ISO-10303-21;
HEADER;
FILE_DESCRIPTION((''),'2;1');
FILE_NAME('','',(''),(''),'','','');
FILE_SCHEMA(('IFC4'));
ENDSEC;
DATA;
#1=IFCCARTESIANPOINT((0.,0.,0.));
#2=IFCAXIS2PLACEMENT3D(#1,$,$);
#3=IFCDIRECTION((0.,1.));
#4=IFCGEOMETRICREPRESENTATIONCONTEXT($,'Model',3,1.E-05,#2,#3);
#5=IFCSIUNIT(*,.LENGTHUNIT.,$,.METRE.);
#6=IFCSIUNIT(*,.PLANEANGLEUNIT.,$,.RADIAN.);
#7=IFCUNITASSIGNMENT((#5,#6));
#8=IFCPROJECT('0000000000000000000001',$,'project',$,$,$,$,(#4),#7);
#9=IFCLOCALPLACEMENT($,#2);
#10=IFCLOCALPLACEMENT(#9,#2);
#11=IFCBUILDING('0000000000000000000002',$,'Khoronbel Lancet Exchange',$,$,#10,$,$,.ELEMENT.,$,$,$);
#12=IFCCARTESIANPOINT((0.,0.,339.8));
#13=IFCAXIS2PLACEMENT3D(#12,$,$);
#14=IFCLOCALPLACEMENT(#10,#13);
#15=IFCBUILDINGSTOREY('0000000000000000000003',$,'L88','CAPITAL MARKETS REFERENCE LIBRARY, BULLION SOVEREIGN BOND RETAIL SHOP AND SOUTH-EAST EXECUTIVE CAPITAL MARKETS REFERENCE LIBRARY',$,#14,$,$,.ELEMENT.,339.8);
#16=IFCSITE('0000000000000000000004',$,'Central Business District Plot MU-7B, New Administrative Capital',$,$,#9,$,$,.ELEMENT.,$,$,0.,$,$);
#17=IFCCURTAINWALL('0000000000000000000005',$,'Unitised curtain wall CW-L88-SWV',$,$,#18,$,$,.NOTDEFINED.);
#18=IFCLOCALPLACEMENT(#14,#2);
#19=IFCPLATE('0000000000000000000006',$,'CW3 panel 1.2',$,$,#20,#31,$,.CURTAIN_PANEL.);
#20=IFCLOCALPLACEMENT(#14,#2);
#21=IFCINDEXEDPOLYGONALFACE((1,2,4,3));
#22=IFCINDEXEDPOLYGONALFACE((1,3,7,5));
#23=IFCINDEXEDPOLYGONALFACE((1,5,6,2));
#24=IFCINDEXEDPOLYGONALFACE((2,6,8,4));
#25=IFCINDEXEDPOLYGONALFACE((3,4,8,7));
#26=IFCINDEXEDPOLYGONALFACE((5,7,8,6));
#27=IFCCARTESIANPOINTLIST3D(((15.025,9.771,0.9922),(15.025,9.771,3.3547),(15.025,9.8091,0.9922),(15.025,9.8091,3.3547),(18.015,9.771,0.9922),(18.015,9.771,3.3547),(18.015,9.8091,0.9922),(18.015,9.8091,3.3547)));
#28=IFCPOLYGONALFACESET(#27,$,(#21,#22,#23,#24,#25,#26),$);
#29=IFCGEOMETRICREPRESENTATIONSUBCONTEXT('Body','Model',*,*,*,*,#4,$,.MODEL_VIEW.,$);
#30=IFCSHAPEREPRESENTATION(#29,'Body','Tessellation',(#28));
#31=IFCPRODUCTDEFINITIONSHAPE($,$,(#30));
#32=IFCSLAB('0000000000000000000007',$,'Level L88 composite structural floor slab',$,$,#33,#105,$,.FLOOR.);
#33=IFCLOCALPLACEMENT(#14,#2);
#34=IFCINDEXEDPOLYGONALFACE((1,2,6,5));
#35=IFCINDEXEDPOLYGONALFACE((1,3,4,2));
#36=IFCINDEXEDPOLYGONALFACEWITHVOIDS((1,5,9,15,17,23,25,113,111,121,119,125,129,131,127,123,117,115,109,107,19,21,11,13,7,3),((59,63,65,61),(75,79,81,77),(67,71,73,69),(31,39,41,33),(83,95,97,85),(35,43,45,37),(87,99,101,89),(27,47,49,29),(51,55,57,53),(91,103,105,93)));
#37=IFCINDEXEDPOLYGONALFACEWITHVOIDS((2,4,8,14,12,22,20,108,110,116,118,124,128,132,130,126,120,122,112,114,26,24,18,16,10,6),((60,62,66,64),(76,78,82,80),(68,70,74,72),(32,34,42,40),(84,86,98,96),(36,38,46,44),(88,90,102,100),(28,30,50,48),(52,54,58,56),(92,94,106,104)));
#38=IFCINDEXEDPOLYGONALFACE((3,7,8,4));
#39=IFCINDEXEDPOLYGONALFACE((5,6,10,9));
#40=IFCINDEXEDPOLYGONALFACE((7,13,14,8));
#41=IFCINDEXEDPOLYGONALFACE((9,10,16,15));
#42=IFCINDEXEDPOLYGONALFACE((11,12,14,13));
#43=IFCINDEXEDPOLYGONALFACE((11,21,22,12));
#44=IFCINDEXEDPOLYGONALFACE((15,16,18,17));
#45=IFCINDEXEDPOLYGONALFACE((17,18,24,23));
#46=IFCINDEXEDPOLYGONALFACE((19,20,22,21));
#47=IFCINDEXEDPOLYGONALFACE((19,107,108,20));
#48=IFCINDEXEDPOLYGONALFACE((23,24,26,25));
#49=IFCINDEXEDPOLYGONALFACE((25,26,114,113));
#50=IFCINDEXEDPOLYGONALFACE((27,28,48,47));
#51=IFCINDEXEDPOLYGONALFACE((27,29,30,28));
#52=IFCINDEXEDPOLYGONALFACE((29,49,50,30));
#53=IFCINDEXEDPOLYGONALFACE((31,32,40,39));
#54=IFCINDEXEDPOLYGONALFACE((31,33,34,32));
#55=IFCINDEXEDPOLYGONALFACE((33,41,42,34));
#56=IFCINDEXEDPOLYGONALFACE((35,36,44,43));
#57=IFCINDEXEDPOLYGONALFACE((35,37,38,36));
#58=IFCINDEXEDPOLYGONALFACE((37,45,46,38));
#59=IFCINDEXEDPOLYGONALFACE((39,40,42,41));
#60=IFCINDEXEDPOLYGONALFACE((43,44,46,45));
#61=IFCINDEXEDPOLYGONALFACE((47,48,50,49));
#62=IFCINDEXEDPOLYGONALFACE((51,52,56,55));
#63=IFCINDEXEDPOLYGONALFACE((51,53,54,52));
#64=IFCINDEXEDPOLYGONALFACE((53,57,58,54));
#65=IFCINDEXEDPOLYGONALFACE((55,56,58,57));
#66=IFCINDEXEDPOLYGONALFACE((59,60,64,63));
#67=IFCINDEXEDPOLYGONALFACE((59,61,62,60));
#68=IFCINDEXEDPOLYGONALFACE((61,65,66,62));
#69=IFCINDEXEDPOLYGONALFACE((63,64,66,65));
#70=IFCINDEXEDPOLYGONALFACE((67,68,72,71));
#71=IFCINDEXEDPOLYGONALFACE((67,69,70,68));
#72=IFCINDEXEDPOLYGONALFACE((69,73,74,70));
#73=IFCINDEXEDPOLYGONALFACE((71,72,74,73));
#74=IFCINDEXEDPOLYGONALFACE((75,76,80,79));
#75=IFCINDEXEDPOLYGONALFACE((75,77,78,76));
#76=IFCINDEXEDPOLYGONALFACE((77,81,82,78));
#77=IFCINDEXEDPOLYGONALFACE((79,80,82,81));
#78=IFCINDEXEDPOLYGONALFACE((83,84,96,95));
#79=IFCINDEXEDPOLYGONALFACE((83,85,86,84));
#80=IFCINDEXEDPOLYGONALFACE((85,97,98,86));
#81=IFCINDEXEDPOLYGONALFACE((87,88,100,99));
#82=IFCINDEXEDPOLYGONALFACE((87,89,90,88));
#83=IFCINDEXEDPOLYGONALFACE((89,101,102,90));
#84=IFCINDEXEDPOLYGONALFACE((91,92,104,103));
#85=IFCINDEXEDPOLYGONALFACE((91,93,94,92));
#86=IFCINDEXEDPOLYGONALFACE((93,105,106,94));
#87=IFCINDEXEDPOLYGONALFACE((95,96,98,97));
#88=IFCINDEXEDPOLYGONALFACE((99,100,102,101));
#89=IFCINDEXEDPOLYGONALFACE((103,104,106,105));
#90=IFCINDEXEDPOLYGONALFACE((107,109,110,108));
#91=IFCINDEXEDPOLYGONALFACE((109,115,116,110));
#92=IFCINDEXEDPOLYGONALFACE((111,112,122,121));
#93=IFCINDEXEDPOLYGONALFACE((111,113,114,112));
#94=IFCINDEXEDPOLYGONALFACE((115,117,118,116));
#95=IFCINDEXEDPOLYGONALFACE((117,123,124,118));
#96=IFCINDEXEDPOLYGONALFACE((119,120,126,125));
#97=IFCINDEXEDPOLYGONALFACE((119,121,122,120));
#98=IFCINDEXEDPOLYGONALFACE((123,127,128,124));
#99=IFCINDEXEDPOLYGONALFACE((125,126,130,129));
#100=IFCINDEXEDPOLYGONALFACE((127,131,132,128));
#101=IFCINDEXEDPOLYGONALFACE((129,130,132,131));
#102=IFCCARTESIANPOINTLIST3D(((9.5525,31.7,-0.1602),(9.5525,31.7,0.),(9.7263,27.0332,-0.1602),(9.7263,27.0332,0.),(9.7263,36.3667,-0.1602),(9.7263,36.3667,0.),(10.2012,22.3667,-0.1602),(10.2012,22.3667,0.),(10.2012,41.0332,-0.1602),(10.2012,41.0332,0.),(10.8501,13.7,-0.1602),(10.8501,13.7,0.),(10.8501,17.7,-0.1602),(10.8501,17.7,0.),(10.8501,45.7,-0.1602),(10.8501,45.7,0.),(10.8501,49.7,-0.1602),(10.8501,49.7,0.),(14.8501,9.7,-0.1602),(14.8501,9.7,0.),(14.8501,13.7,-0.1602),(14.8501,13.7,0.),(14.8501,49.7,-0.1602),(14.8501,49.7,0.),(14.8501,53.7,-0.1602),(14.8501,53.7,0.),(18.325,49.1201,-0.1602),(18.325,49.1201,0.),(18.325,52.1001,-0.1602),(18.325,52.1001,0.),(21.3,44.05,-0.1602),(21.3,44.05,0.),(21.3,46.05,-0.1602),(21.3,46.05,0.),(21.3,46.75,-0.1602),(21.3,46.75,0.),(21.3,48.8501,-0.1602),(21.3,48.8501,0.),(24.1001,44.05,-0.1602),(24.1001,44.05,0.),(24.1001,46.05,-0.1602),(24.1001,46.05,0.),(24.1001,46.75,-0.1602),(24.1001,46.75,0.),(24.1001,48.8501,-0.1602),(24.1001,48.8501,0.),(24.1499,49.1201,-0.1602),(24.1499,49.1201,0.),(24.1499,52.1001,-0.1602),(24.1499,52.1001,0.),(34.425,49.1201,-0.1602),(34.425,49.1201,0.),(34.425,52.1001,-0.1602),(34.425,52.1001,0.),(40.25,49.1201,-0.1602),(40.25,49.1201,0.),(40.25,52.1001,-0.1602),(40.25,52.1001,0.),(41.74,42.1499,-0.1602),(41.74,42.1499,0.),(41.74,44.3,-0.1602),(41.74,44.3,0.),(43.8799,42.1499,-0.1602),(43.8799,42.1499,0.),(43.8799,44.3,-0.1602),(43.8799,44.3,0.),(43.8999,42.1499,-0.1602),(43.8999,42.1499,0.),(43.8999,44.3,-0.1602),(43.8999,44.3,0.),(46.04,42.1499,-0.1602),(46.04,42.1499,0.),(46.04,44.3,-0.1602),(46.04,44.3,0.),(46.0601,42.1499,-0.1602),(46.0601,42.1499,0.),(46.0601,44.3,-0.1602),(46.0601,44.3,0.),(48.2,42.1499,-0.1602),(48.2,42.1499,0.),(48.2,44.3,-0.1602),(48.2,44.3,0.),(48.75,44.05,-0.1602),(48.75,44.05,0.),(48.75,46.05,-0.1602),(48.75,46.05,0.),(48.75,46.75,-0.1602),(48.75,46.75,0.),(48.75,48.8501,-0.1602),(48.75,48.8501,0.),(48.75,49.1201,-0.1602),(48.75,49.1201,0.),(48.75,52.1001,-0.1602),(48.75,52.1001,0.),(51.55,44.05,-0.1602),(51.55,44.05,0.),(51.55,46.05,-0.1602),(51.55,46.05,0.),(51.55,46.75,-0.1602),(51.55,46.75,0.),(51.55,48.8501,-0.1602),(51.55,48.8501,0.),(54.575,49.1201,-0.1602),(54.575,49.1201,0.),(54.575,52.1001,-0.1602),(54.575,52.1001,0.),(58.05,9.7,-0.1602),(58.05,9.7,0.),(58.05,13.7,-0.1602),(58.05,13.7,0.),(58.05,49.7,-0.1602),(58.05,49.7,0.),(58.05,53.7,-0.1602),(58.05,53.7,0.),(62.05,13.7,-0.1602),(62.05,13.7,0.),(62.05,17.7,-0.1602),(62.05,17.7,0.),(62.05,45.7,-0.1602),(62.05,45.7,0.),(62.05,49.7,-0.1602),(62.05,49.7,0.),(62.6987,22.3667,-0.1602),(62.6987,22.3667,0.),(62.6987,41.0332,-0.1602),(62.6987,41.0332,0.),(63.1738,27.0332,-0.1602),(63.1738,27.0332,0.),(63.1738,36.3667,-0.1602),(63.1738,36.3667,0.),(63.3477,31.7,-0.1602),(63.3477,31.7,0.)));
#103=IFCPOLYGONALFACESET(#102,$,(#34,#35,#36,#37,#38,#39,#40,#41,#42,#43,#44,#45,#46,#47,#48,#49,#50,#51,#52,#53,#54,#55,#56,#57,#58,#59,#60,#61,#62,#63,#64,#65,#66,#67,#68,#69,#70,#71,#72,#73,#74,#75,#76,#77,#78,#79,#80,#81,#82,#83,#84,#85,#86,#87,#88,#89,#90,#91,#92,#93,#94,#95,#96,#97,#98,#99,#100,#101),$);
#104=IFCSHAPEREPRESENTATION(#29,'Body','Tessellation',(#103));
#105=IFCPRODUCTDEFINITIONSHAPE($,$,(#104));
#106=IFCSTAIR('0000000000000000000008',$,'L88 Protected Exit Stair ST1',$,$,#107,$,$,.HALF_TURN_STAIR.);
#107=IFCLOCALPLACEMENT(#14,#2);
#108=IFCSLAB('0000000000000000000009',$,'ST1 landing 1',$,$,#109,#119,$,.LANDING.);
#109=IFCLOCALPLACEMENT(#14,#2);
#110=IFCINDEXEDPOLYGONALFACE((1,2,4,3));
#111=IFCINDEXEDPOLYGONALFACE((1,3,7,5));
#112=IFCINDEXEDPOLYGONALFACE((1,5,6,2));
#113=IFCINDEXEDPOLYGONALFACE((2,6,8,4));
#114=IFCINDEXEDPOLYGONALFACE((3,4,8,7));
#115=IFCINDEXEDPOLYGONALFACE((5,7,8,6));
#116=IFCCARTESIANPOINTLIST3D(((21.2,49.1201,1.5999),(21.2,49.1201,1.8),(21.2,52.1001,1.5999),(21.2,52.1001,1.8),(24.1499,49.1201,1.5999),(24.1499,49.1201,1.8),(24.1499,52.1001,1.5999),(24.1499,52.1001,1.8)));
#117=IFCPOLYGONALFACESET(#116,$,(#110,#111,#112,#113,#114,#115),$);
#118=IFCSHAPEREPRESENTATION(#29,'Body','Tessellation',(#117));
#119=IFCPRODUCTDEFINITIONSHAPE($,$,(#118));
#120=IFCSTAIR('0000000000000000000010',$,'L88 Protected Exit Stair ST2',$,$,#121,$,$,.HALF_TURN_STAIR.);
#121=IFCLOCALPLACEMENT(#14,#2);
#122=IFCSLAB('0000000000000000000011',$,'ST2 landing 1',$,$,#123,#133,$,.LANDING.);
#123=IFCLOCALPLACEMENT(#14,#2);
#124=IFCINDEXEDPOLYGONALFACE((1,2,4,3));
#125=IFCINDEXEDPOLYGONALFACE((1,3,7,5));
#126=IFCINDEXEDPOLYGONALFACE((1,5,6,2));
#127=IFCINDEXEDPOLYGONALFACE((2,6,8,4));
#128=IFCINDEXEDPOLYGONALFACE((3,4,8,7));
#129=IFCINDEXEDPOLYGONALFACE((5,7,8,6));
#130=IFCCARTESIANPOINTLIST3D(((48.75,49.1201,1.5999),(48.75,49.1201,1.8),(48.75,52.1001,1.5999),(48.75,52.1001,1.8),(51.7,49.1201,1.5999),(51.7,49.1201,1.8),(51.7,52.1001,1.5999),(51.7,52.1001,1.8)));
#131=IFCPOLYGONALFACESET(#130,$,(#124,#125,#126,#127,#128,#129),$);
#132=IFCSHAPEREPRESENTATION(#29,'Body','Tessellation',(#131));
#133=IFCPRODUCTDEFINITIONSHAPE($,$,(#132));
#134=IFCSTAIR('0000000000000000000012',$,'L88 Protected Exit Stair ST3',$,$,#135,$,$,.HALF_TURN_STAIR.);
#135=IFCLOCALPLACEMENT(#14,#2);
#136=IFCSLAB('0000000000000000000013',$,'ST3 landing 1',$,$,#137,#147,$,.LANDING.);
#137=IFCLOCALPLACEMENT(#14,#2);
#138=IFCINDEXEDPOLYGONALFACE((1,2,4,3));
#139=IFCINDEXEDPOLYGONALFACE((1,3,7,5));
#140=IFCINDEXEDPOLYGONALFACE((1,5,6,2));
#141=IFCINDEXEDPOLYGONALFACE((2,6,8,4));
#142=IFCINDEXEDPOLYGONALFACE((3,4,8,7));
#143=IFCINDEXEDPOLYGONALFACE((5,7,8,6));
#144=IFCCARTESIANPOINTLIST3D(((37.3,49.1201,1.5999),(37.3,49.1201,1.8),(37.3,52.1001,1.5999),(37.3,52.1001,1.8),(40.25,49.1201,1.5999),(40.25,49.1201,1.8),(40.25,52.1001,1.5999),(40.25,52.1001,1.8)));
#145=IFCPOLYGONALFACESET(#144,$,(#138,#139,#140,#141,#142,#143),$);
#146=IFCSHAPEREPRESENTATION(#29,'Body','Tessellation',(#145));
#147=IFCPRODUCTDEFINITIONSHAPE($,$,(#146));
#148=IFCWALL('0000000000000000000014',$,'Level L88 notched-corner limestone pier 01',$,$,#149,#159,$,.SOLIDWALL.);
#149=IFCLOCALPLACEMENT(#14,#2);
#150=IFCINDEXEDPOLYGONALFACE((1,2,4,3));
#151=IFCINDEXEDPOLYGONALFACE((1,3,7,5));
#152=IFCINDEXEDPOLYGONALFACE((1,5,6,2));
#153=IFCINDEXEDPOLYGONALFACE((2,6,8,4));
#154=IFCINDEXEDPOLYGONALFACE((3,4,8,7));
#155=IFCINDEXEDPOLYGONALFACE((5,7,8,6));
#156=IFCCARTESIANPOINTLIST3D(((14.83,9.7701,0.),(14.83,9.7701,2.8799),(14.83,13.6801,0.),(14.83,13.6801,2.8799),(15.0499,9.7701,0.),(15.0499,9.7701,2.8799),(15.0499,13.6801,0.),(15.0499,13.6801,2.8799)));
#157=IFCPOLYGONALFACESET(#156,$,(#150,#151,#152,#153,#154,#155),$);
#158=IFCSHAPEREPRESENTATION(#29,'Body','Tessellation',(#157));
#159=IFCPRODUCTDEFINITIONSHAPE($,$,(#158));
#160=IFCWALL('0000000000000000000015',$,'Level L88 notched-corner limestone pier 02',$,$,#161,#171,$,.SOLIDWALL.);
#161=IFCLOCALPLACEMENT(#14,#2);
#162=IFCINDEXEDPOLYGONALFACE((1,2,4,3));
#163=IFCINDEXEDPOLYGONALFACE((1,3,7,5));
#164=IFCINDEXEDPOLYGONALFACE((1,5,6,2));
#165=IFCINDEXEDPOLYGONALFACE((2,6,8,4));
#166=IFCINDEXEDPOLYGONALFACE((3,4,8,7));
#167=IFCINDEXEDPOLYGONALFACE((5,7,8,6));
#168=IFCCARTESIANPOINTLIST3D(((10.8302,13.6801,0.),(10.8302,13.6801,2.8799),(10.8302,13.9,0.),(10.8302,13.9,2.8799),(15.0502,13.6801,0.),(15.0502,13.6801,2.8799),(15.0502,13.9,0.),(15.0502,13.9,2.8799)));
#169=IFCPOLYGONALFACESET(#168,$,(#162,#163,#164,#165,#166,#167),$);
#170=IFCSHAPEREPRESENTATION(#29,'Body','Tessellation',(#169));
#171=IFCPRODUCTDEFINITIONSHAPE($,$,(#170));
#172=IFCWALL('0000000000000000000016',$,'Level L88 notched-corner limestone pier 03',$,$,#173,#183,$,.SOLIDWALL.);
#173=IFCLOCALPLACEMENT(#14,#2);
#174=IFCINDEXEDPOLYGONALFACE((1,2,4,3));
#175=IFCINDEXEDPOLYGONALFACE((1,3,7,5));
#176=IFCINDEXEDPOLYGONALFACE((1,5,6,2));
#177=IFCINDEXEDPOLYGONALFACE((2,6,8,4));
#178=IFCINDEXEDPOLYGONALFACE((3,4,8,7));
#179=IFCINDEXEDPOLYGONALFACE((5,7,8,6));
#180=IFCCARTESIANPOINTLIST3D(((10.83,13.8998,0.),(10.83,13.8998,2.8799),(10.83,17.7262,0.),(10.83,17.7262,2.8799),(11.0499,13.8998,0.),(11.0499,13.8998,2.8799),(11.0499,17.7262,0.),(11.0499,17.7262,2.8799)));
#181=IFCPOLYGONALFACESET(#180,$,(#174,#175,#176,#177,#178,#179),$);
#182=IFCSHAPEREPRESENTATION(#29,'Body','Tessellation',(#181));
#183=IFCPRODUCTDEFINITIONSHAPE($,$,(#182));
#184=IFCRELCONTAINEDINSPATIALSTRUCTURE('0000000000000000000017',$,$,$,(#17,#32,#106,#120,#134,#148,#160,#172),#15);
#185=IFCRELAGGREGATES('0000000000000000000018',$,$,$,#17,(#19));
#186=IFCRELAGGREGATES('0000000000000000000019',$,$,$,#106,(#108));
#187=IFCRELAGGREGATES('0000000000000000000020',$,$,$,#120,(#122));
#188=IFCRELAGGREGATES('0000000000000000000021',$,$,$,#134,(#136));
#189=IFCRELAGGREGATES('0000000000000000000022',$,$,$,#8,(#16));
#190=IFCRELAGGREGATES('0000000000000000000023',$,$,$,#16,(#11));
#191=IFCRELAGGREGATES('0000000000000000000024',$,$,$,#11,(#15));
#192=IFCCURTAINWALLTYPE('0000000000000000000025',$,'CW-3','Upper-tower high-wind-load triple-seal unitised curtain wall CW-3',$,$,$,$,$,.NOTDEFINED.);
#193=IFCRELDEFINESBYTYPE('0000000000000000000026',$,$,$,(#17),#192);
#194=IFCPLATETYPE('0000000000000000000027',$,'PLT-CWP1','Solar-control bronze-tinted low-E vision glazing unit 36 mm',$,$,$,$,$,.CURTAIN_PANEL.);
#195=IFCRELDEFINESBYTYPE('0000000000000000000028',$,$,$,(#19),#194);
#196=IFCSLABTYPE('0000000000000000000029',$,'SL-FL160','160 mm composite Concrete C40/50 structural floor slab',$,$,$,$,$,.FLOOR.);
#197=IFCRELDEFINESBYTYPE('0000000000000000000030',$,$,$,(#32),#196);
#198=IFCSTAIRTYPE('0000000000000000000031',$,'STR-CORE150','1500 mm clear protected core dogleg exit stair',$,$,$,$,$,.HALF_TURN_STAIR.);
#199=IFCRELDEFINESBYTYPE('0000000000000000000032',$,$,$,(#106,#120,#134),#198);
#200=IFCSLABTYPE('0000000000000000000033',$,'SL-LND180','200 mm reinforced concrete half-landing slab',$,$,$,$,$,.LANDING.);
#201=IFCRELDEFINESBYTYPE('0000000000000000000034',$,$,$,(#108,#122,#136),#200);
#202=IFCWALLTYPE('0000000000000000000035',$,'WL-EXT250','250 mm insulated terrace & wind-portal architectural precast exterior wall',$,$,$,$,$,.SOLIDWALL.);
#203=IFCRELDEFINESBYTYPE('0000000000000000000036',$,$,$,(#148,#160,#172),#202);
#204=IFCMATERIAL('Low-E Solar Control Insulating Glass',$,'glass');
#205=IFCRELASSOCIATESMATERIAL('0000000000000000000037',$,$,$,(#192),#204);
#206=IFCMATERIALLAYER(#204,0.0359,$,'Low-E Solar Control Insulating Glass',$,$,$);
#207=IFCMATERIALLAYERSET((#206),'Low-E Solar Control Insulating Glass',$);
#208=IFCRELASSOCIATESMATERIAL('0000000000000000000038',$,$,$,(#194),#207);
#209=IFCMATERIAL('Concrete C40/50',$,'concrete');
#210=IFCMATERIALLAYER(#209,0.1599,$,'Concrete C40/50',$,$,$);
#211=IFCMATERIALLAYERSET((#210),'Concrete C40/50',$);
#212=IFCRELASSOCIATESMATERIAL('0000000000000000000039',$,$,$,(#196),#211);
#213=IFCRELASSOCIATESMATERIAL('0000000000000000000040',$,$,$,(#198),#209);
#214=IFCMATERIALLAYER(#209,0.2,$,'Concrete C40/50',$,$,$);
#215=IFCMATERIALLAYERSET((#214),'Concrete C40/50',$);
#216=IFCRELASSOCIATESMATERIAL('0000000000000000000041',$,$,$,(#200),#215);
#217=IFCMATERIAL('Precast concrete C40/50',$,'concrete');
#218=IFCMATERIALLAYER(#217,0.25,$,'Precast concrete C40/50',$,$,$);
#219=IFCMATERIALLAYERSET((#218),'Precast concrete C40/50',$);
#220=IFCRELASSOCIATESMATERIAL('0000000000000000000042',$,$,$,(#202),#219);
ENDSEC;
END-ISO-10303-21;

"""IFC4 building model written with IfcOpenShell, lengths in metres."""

from ifc_helpers import new_model, si_unit, direction, frame, frame_2d, origin, origin_2d, place, context, subcontext, project, spatial, polyline, rectangle, outline, extrude, material, layer, layer_set, type_object, element, aggregate, save


model = new_model("IFC4")

# Units and contexts
model_context = context("Model", 3, precision=1e-05, world=origin(), true_north=direction((0.0, 1.0)))
body_context = subcontext(model_context, "Body", "Model", "MODEL_VIEW")
ifc_project = project(units=[si_unit("LENGTHUNIT", "METRE"), si_unit("PLANEANGLEUNIT", "RADIAN")], contexts=[model_context])

# Site, building, storey
site_placement = place(None, origin())
site = spatial("IfcSite", under=ifc_project, at=site_placement, Name="Central Business District Plot MU-7B, New Administrative Capital", CompositionType="ELEMENT", RefElevation=0.0)
building_placement = place(site_placement, origin())
building = spatial("IfcBuilding", under=site, at=building_placement, Name="Khoronbel Lancet Exchange", CompositionType="ELEMENT")
storey_placement = place(building_placement, frame((0.0, 0.0, 339.8)))
storey = spatial("IfcBuildingStorey", under=building, at=storey_placement, Name="L88", Description="CAPITAL MARKETS REFERENCE LIBRARY, BULLION SOVEREIGN BOND RETAIL SHOP AND SOUTH-EAST EXECUTIVE CAPITAL MARKETS REFERENCE LIBRARY", CompositionType="ELEMENT", Elevation=339.8)

# Curtain wall
ifc_material_1 = material(Name="Low-E Solar Control Insulating Glass", Category="glass")
curtain_wall_type = type_object("IfcCurtainWallType", Name="CW-3", Description="Upper-tower high-wind-load triple-seal unitised curtain wall CW-3", PredefinedType="NOTDEFINED", material=ifc_material_1)
curtain_wall_1_placement = place(storey_placement, origin())
curtain_wall_1 = element("IfcCurtainWall", 1, at=curtain_wall_1_placement, inside=storey, type_object=curtain_wall_type, Name="Unitised curtain wall CW-L88-SWV", PredefinedType="NOTDEFINED")

# Plate
ifc_layer_1 = layer(ifc_material_1, 0.0359, Name="Low-E Solar Control Insulating Glass")
ifc_layer_set_1 = layer_set([ifc_layer_1], Name="Low-E Solar Control Insulating Glass")
plate_type = type_object("IfcPlateType", Name="PLT-CWP1", Description="Solar-control bronze-tinted low-E vision glazing unit 36 mm", PredefinedType="CURTAIN_PANEL", material=ifc_layer_set_1)
plate_1_placement = place(storey_placement, frame((16.52, 9.79, 0.9922), z_axis=(0.0, 0.0, 1.0), x_axis=(1.0, 0.0, 0.0)))
plate_1 = element("IfcPlate", 2, at=plate_1_placement, type_object=plate_type, Name="CW3 panel 1.2", PredefinedType="CURTAIN_PANEL", context=body_context, shape_type="SweptSolid", body=[
    extrude(rectangle(XDim=2.99, YDim=0.0381, at=origin_2d()), origin(), (0.0, 0.0, 1.0), 2.3625),
])
aggregate(curtain_wall_1, [plate_1])

# Slab
ifc_material_2 = material(Name="Concrete C40/50", Category="concrete")
ifc_layer_2 = layer(ifc_material_2, 0.1599, Name="Concrete C40/50")
ifc_layer_set_2 = layer_set([ifc_layer_2], Name="Concrete C40/50")
slab_type_1 = type_object("IfcSlabType", Name="SL-FL160", Description="160 mm composite Concrete C40/50 structural floor slab", PredefinedType="FLOOR", material=ifc_layer_set_2)
slab_1_placement = place(storey_placement, frame((0.0, 0.0, -0.1602)))
element("IfcSlab", 3, at=slab_1_placement, inside=storey, type_object=slab_type_1, Name="Level L88 composite structural floor slab", PredefinedType="FLOOR", context=body_context, shape_type="SweptSolid", body=[
    extrude(outline(polyline([(14.8501, 9.7), (58.05, 9.7), (58.05, 13.7), (62.05, 13.7), (62.05, 17.7), (62.6987, 22.3667), (63.1738, 27.0332), (63.3477, 31.7), (63.1738, 36.3667), (62.6987, 41.0332), (62.05, 45.7), (62.05, 49.7), (58.05, 49.7), (58.05, 53.7), (14.8501, 53.7), (14.8501, 49.7), (10.8501, 49.7), (10.8501, 45.7), (10.2012, 41.0332), (9.7263, 36.3667), (9.5525, 31.7), (9.7263, 27.0332), (10.2012, 22.3667), (10.8501, 17.7), (10.8501, 13.7), (14.8501, 13.7), (14.8501, 9.7)]), holes=[polyline([(18.325, 49.1201), (24.1499, 49.1201), (24.1499, 52.1001), (18.325, 52.1001), (18.325, 49.1201)]), polyline([(48.75, 49.1201), (54.575, 49.1201), (54.575, 52.1001), (48.75, 52.1001), (48.75, 49.1201)]), polyline([(34.425, 49.1201), (40.25, 49.1201), (40.25, 52.1001), (34.425, 52.1001), (34.425, 49.1201)]), polyline([(41.74, 42.1499), (43.8799, 42.1499), (43.8799, 44.3), (41.74, 44.3), (41.74, 42.1499)]), polyline([(43.8999, 42.1499), (46.04, 42.1499), (46.04, 44.3), (43.8999, 44.3), (43.8999, 42.1499)]), polyline([(46.0601, 42.1499), (48.2, 42.1499), (48.2, 44.3), (46.0601, 44.3), (46.0601, 42.1499)]), polyline([(21.3, 46.75), (24.1001, 46.75), (24.1001, 48.8501), (21.3, 48.8501), (21.3, 46.75)]), polyline([(48.75, 46.75), (51.55, 46.75), (51.55, 48.8501), (48.75, 48.8501), (48.75, 46.75)]), polyline([(21.3, 44.05), (24.1001, 44.05), (24.1001, 46.05), (21.3, 46.05), (21.3, 44.05)]), polyline([(48.75, 44.05), (51.55, 44.05), (51.55, 46.05), (48.75, 46.05), (48.75, 44.05)])]), origin(), (0.0, 0.0, 1.0), 0.1602),
])

# Stairs, slabs
stair_type = type_object("IfcStairType", Name="STR-CORE150", Description="1500 mm clear protected core dogleg exit stair", PredefinedType="HALF_TURN_STAIR", material=ifc_material_2)
stair_1_placement = place(storey_placement, origin())
stair_1 = element("IfcStair", 4, at=stair_1_placement, inside=storey, type_object=stair_type, Name="L88 Protected Exit Stair ST1", PredefinedType="HALF_TURN_STAIR")
ifc_layer_3 = layer(ifc_material_2, 0.2, Name="Concrete C40/50")
ifc_layer_set_3 = layer_set([ifc_layer_3], Name="Concrete C40/50")
slab_type_2 = type_object("IfcSlabType", Name="SL-LND180", Description="200 mm reinforced concrete half-landing slab", PredefinedType="LANDING", material=ifc_layer_set_3)
slab_2_placement = place(storey_placement, frame((0.0, 0.0, 1.5999)))
slab_2 = element("IfcSlab", 5, at=slab_2_placement, type_object=slab_type_2, Name="ST1 landing 1", PredefinedType="LANDING", context=body_context, shape_type="SweptSolid", body=[
    extrude(outline(polyline([(21.2, 49.1201), (24.1499, 49.1201), (24.1499, 52.1001), (21.2, 52.1001), (21.2, 49.1201)])), origin(), (0.0, 0.0, 1.0), 0.2002),
])
aggregate(stair_1, [slab_2])
stair_2_placement = place(storey_placement, origin())
stair_2 = element("IfcStair", 6, at=stair_2_placement, inside=storey, type_object=stair_type, Name="L88 Protected Exit Stair ST2", PredefinedType="HALF_TURN_STAIR")
slab_3_placement = place(storey_placement, frame((0.0, 0.0, 1.5999)))
slab_3 = element("IfcSlab", 7, at=slab_3_placement, type_object=slab_type_2, Name="ST2 landing 1", PredefinedType="LANDING", context=body_context, shape_type="SweptSolid", body=[
    extrude(outline(polyline([(51.7, 52.1001), (48.75, 52.1001), (48.75, 49.1201), (51.7, 49.1201), (51.7, 52.1001)])), origin(), (0.0, 0.0, 1.0), 0.2002),
])
aggregate(stair_2, [slab_3])
stair_3_placement = place(storey_placement, origin())
stair_3 = element("IfcStair", 8, at=stair_3_placement, inside=storey, type_object=stair_type, Name="L88 Protected Exit Stair ST3", PredefinedType="HALF_TURN_STAIR")
slab_4_placement = place(storey_placement, frame((0.0, 0.0, 1.5999)))
slab_4 = element("IfcSlab", 9, at=slab_4_placement, type_object=slab_type_2, Name="ST3 landing 1", PredefinedType="LANDING", context=body_context, shape_type="SweptSolid", body=[
    extrude(outline(polyline([(37.3, 49.1201), (40.25, 49.1201), (40.25, 52.1001), (37.3, 52.1001), (37.3, 49.1201)])), origin(), (0.0, 0.0, 1.0), 0.2002),
])
aggregate(stair_3, [slab_4])

# Walls
ifc_material_3 = material(Name="Precast concrete C40/50", Category="concrete")
ifc_layer_4 = layer(ifc_material_3, 0.25, Name="Precast concrete C40/50")
ifc_layer_set_4 = layer_set([ifc_layer_4], Name="Precast concrete C40/50")
wall_type_1 = type_object("IfcWallType", Name="WL-EXT250", Description="250 mm insulated terrace & wind-portal architectural precast exterior wall", PredefinedType="SOLIDWALL", material=ifc_layer_set_4)
wall_1_placement = place(storey_placement, frame((14.9399, 9.77, 0.0), z_axis=(0.0, 0.0, 1.0), x_axis=(0.0, 1.0, 0.0)))
element("IfcWall", 10, at=wall_1_placement, inside=storey, type_object=wall_type_1, Name="Level L88 notched-corner limestone pier 01", PredefinedType="SOLIDWALL", context=body_context, shape_type="SweptSolid", body=[
    extrude(rectangle(XDim=3.9099, YDim=0.22, at=frame_2d((1.9551, 0.0))), origin(), (0.0, 0.0, 1.0), 2.8799),
])
wall_2_placement = place(storey_placement, frame((15.05, 13.79, 0.0), z_axis=(0.0, 0.0, 1.0), x_axis=(-1.0, 0.0, 0.0)))
element("IfcWall", 11, at=wall_2_placement, inside=storey, type_object=wall_type_1, Name="Level L88 notched-corner limestone pier 02", PredefinedType="SOLIDWALL", context=body_context, shape_type="SweptSolid", body=[
    extrude(rectangle(XDim=4.22, YDim=0.22, at=frame_2d((2.1099, 0.0))), origin(), (0.0, 0.0, 1.0), 2.8799),
])
wall_3_placement = place(storey_placement, frame((10.9399, 13.8999, 0.0), z_axis=(0.0, 0.0, 1.0), x_axis=(0.0, 1.0, 0.0)))
element("IfcWall", 12, at=wall_3_placement, inside=storey, type_object=wall_type_1, Name="Level L88 notched-corner limestone pier 03", PredefinedType="SOLIDWALL", context=body_context, shape_type="SweptSolid", body=[
    extrude(rectangle(XDim=3.8264, YDim=0.22, at=frame_2d((1.9131, 0.0))), origin(), (0.0, 0.0, 1.0), 2.8799),
])

save(model, "model.ifc")
